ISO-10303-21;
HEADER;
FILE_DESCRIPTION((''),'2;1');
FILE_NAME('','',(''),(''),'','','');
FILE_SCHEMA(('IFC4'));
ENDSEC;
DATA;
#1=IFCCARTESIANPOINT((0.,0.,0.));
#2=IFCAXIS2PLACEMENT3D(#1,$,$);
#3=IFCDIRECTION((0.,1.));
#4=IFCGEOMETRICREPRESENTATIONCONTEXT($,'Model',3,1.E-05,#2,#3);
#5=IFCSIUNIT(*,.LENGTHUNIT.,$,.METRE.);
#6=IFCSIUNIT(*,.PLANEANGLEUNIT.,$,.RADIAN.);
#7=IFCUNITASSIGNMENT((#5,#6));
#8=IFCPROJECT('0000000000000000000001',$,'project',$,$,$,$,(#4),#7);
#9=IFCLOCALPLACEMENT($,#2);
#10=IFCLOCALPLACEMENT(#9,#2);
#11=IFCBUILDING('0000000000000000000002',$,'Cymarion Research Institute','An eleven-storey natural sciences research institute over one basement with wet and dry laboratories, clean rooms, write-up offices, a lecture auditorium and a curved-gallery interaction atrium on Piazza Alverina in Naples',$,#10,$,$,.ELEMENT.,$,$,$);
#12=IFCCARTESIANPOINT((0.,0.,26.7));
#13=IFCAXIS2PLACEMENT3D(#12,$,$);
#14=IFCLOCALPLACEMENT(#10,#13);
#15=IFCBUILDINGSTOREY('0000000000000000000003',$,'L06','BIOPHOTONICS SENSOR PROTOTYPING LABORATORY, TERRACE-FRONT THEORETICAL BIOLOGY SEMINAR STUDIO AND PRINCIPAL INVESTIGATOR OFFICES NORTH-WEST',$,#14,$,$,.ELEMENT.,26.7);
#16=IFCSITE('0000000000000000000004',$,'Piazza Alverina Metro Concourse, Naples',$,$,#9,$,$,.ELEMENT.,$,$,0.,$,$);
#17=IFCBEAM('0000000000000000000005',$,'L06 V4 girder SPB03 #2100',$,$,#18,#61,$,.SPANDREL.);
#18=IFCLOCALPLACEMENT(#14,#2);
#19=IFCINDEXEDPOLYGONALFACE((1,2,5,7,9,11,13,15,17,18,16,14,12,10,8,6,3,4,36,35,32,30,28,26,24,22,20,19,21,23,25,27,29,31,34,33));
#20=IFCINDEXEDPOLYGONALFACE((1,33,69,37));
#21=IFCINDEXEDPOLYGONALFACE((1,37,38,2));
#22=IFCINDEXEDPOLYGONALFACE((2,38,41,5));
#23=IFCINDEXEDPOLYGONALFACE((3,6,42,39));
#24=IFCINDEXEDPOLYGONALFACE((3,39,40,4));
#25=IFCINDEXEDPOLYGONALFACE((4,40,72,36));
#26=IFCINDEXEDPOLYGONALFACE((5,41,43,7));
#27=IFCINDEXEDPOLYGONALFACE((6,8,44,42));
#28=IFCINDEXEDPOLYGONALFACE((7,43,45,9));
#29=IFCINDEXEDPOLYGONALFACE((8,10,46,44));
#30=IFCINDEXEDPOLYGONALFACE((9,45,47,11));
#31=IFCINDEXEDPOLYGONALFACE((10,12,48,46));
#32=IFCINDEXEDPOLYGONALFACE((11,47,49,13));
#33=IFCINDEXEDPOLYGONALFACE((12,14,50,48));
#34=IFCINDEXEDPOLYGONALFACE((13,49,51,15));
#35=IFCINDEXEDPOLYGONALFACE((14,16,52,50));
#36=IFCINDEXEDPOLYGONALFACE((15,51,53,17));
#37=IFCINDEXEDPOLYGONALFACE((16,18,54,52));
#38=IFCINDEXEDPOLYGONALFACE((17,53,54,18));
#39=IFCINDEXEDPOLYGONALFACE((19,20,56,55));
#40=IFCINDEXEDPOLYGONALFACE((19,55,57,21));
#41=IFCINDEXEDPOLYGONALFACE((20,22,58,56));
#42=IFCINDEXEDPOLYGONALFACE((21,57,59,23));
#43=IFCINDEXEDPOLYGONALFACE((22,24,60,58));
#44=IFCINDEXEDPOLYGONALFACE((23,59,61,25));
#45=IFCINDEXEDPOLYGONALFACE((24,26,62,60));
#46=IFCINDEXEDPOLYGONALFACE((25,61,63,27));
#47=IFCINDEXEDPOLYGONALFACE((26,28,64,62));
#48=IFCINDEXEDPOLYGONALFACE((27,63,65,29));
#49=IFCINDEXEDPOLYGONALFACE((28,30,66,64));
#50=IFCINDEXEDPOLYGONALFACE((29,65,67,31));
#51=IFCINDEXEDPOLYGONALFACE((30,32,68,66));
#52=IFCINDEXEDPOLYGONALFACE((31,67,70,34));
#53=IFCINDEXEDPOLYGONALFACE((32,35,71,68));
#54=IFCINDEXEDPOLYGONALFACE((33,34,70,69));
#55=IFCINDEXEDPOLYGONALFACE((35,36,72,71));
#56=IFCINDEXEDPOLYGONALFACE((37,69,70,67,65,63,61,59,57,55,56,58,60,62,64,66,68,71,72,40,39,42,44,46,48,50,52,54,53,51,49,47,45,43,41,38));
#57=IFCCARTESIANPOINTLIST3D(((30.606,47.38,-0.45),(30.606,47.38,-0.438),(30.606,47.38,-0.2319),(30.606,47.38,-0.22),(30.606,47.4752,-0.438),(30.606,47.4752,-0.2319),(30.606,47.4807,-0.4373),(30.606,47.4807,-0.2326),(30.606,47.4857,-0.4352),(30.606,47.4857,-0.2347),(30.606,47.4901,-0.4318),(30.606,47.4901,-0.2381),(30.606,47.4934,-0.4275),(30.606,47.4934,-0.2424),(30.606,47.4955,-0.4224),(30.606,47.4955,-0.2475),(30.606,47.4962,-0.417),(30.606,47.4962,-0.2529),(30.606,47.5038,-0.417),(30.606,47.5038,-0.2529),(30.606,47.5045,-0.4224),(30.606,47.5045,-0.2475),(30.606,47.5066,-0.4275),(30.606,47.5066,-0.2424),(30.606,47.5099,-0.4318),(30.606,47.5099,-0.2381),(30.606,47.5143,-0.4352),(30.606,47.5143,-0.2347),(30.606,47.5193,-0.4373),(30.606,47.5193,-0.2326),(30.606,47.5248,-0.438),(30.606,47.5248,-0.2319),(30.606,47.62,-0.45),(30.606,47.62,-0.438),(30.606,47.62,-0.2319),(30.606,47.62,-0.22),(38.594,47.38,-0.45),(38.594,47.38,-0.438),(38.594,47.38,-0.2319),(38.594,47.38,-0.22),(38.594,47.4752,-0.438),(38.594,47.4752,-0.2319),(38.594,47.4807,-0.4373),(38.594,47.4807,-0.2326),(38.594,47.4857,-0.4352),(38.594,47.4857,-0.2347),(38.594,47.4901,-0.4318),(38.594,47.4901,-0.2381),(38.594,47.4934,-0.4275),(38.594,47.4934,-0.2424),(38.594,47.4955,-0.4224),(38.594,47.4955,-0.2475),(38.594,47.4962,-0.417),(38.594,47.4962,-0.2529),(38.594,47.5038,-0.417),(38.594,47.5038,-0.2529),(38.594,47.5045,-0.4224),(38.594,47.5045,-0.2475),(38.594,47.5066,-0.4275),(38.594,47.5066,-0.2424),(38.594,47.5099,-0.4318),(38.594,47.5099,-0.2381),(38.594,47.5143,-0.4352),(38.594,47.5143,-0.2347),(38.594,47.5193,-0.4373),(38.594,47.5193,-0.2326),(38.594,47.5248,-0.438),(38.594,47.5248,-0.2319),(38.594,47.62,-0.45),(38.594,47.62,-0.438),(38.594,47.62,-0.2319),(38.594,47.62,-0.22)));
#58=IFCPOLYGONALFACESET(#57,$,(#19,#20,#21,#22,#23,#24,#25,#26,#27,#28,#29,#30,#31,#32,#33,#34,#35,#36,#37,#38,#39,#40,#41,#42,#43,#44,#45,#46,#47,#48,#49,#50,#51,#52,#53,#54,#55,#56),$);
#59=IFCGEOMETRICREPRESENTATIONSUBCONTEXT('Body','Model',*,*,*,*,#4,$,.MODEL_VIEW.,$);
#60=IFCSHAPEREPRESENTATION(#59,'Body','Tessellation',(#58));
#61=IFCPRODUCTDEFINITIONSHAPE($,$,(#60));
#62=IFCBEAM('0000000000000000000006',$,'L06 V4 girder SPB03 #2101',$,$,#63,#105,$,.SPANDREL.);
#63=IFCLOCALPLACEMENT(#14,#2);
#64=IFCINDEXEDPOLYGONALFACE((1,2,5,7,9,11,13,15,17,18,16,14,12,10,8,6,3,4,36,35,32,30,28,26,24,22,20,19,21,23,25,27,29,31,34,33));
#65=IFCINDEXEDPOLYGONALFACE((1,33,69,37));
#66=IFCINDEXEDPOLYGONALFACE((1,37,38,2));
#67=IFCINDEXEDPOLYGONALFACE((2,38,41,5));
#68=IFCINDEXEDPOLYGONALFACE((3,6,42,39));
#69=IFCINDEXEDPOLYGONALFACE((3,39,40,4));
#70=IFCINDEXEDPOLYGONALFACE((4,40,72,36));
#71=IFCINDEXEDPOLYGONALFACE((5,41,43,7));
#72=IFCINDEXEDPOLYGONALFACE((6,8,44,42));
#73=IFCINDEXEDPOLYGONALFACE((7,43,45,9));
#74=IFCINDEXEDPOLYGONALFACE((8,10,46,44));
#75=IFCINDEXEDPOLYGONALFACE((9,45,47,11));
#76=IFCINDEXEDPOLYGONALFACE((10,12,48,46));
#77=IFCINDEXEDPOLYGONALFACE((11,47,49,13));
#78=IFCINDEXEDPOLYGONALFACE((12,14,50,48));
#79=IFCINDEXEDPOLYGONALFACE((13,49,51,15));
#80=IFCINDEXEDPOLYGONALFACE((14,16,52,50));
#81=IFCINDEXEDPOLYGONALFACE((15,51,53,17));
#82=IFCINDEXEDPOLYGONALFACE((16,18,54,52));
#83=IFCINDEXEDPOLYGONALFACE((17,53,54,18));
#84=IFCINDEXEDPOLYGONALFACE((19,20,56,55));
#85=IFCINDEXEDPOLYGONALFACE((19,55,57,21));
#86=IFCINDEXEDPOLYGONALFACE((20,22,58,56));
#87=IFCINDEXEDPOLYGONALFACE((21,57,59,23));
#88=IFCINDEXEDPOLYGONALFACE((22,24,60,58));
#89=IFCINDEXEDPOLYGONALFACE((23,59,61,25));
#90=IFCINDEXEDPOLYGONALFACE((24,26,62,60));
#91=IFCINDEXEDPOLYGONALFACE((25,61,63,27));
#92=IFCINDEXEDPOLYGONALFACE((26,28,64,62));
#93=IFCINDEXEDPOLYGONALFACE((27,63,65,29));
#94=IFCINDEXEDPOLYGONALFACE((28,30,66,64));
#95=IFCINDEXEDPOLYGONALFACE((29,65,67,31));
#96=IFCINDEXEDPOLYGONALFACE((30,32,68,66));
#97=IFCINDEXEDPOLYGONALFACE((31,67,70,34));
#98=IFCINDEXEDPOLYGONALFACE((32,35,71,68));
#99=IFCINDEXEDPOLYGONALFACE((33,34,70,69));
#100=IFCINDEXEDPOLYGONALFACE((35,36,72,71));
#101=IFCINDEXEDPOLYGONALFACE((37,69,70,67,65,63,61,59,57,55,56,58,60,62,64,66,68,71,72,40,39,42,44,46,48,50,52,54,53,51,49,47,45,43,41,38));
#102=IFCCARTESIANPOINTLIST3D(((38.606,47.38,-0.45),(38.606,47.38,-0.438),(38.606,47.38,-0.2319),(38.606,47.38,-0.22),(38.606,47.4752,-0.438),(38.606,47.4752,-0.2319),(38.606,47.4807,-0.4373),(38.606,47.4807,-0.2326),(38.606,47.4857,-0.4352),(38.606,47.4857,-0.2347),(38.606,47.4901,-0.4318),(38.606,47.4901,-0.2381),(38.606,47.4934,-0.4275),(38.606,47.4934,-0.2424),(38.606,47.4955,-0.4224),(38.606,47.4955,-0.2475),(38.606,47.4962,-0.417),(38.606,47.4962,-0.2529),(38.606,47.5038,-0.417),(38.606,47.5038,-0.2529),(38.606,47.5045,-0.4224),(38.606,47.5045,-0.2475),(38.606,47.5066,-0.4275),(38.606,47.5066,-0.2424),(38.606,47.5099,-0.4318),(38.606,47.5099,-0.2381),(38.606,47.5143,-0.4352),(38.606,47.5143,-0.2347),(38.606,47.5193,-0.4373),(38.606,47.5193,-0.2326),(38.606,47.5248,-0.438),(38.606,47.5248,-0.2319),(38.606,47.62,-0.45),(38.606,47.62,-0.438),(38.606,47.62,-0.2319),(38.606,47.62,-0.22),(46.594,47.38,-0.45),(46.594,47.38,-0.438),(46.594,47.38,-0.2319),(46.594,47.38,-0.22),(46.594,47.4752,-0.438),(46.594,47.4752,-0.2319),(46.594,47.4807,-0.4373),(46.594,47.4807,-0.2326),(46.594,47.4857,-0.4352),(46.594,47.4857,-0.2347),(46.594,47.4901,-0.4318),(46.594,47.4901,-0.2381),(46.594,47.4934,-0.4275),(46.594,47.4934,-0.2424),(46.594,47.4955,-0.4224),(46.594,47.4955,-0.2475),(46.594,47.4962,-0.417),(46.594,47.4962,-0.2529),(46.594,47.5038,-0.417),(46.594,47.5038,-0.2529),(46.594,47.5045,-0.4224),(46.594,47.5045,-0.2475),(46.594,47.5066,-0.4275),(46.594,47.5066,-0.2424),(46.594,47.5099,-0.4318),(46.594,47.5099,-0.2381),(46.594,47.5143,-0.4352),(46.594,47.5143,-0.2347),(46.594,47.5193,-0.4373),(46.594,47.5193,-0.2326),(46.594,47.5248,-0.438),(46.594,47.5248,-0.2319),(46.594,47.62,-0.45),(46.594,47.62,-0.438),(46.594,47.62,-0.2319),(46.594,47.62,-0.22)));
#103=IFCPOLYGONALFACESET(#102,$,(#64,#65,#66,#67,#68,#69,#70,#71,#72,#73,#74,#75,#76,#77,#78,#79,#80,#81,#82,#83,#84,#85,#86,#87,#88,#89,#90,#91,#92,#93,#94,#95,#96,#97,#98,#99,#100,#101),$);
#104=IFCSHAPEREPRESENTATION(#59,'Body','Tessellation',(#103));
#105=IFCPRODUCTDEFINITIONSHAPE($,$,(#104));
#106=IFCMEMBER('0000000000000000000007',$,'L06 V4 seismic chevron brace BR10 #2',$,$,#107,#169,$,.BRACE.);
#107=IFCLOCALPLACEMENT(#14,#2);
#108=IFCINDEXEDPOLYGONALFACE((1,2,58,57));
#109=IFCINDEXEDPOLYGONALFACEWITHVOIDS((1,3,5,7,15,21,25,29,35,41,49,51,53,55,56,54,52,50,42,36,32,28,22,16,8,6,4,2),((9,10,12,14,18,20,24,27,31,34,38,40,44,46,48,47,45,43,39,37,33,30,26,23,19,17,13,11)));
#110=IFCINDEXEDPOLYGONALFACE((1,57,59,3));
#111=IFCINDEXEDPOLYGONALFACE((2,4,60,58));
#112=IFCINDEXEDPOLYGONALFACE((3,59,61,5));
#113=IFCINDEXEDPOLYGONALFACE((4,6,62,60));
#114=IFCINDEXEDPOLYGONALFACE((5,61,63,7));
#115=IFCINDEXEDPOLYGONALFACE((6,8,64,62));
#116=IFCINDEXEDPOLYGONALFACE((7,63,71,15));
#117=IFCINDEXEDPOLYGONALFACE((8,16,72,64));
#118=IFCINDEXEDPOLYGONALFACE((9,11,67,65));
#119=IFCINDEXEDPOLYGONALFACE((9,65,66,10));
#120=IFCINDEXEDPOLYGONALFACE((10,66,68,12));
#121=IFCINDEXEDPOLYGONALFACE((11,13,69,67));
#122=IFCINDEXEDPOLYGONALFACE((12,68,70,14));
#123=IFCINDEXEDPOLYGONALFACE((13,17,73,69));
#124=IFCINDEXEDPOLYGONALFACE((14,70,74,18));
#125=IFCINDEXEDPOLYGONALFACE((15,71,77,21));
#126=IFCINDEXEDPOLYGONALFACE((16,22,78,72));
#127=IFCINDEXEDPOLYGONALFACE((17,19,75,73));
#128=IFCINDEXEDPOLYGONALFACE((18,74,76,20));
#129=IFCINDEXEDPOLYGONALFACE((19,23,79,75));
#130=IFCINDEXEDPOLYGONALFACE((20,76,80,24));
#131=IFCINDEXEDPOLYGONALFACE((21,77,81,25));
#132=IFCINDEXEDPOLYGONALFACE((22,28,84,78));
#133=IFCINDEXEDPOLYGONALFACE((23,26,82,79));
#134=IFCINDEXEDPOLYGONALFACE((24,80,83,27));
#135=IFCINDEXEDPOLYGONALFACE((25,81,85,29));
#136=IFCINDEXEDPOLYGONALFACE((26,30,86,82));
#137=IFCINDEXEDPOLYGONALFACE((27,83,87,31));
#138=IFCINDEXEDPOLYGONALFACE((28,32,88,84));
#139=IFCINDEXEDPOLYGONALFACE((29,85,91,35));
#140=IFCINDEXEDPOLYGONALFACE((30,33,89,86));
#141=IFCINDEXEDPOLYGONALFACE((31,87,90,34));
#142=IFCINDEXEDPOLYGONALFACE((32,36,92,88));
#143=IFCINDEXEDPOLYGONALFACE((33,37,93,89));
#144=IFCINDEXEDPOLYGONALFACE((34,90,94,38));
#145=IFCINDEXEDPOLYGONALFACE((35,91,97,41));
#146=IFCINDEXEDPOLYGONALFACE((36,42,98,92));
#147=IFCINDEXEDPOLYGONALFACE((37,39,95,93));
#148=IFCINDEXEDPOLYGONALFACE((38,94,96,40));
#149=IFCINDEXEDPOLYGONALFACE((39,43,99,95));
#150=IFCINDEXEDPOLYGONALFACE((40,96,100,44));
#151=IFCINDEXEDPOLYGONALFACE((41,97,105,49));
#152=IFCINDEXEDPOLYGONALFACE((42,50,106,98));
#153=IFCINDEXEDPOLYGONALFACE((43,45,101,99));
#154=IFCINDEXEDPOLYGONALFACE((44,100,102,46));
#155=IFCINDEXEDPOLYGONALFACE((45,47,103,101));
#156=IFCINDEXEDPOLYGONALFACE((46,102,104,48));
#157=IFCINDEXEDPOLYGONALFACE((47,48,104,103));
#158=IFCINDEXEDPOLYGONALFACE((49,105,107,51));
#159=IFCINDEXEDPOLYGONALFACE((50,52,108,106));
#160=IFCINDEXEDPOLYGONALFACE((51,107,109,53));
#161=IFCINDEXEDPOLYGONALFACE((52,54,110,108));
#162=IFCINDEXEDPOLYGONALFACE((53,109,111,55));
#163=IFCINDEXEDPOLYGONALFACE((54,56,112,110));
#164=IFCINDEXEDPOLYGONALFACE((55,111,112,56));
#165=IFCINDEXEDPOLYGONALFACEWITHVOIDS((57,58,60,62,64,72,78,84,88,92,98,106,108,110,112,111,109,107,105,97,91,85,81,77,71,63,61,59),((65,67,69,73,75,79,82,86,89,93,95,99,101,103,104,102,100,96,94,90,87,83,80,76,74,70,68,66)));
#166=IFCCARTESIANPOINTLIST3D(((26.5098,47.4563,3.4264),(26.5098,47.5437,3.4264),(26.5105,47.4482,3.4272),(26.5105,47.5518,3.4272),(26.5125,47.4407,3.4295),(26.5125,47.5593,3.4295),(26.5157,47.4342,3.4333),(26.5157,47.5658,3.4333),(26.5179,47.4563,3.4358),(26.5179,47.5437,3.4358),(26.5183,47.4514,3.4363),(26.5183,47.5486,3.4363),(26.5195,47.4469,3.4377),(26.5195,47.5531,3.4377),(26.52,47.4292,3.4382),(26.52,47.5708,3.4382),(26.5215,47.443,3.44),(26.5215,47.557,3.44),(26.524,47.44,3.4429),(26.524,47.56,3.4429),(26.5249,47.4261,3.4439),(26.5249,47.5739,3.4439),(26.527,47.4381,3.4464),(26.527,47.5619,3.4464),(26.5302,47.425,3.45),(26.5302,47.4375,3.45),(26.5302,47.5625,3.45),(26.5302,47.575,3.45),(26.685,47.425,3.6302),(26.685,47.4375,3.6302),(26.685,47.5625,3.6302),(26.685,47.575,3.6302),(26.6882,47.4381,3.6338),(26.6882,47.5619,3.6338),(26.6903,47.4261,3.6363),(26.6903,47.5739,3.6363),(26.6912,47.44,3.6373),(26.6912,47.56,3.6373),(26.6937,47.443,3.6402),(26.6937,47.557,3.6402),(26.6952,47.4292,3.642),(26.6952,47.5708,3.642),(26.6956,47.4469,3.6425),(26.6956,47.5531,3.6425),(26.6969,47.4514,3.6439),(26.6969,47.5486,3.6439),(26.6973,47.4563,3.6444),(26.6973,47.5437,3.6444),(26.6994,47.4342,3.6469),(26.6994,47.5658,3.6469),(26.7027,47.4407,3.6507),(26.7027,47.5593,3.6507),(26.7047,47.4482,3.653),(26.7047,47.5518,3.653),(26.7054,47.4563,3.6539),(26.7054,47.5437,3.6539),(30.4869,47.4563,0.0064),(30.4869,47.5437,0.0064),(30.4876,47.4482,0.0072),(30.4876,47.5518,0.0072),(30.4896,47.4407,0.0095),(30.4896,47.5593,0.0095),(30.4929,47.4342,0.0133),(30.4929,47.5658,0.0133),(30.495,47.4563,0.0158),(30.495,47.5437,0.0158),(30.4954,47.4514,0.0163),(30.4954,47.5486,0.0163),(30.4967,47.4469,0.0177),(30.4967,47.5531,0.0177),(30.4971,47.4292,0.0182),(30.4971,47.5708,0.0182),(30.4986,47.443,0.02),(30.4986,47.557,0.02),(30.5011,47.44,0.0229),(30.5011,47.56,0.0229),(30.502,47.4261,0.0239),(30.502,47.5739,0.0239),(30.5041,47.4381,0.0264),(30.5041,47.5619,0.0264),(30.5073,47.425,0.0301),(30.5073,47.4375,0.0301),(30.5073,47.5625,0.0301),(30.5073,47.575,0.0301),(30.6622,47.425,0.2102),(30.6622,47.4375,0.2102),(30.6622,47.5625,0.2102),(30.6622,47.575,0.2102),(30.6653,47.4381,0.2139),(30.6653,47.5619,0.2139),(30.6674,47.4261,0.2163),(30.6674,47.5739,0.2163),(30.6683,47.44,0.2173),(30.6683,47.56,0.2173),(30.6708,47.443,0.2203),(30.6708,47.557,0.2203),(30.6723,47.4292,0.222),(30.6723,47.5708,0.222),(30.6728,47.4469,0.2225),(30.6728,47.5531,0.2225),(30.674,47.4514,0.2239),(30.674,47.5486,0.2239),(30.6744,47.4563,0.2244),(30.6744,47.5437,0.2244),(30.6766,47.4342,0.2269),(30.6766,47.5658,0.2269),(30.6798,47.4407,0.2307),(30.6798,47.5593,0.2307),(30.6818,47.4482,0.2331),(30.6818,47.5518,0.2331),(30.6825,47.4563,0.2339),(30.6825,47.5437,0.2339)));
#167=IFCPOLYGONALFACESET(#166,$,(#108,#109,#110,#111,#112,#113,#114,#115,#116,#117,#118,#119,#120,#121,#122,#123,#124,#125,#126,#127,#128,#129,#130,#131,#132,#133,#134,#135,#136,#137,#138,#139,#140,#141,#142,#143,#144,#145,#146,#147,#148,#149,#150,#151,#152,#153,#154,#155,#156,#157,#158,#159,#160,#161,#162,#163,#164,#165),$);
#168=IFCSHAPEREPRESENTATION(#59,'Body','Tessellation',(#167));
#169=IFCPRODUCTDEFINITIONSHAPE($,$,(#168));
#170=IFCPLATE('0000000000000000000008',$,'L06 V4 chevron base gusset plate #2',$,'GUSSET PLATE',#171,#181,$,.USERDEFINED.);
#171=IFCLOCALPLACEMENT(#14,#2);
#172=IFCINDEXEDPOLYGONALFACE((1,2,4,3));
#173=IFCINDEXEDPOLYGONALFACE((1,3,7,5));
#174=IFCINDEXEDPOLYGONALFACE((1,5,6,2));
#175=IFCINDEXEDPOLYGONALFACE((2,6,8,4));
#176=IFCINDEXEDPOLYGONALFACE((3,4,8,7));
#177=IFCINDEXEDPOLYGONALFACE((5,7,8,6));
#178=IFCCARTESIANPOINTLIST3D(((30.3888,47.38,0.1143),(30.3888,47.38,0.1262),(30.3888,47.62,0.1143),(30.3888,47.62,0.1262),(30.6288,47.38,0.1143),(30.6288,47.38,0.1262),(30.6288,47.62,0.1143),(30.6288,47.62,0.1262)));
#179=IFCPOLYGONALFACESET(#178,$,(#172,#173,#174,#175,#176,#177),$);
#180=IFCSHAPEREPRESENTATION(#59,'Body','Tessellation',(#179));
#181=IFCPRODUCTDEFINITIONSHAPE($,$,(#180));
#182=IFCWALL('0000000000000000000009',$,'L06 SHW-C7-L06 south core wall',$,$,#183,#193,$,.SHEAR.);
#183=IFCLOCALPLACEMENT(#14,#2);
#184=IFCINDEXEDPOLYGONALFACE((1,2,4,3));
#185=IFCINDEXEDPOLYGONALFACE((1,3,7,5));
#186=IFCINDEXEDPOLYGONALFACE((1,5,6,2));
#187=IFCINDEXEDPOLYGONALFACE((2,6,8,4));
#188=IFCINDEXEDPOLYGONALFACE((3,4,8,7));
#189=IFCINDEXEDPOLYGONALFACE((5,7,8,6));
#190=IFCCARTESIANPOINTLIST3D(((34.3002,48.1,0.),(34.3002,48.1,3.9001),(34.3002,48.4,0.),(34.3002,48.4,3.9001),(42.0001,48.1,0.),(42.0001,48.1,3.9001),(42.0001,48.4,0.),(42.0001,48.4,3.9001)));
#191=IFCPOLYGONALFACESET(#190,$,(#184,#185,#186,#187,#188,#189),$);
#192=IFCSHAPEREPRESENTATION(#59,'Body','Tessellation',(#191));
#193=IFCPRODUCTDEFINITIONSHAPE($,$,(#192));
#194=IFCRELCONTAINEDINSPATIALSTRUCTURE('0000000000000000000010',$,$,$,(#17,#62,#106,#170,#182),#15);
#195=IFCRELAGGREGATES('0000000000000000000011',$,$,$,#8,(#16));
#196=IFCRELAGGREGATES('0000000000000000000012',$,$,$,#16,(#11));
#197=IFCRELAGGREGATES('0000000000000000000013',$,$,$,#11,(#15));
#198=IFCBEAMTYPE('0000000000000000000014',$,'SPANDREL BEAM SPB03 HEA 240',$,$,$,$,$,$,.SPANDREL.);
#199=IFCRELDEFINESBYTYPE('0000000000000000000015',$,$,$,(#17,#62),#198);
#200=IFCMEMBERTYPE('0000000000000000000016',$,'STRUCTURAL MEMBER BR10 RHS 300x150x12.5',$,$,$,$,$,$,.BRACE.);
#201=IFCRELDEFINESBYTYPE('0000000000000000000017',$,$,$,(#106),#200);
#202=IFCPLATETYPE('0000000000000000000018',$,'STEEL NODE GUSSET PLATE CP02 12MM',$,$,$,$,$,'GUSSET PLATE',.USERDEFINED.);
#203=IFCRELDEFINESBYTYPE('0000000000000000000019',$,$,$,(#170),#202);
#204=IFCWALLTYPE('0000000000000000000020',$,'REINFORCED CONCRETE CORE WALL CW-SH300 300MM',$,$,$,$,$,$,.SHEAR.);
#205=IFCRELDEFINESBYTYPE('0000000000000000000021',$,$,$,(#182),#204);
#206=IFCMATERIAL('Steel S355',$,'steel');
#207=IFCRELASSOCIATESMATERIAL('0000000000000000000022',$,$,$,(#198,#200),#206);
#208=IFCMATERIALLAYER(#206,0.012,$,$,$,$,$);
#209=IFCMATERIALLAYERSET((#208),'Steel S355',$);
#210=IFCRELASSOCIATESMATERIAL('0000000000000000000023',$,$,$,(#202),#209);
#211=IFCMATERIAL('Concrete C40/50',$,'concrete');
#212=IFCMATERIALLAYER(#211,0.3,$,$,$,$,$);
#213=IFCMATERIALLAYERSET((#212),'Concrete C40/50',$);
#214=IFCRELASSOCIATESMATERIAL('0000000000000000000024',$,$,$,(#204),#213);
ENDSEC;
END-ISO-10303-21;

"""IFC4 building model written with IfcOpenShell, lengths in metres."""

from ifc_helpers import new_model, si_unit, direction, frame, frame_2d, origin, origin_2d, place, context, subcontext, project, spatial, rectangle, hollow_rectangle, i_section, extrude, material, layer, layer_set, material_profile, profile_set, type_object, element, save


model = new_model("IFC4")

# Units and contexts
model_context = context("Model", 3, precision=1e-05, world=origin(), true_north=direction((0.0, 1.0)))
body_context = subcontext(model_context, "Body", "Model", "MODEL_VIEW")
ifc_project = project(units=[si_unit("LENGTHUNIT", "METRE"), si_unit("PLANEANGLEUNIT", "RADIAN")], contexts=[model_context])

# Site, building, storey
site_placement = place(None, origin())
site = spatial("IfcSite", under=ifc_project, at=site_placement, Name="Piazza Alverina Metro Concourse, Naples", CompositionType="ELEMENT", RefElevation=0.0)
building_placement = place(site_placement, origin())
building = spatial("IfcBuilding", under=site, at=building_placement, Name="Cymarion Research Institute", Description="An eleven-storey natural sciences research institute over one basement with wet and dry laboratories, clean rooms, write-up offices, a lecture auditorium and a curved-gallery interaction atrium on Piazza Alverina in Naples", CompositionType="ELEMENT")
storey_placement = place(building_placement, frame((0.0, 0.0, 26.7)))
storey = spatial("IfcBuildingStorey", under=building, at=storey_placement, Name="L06", Description="BIOPHOTONICS SENSOR PROTOTYPING LABORATORY, TERRACE-FRONT THEORETICAL BIOLOGY SEMINAR STUDIO AND PRINCIPAL INVESTIGATOR OFFICES NORTH-WEST", CompositionType="ELEMENT", Elevation=26.7)

# Shared definitions
ifc_material_1 = material(Name="Steel S355", Category="steel")
ifc_material_2 = material(Name="Concrete C40/50", Category="concrete")

# Beams
ifc_material_profile_1 = material_profile(ifc_material_1, i_section(OverallWidth=0.24, OverallDepth=0.23, WebThickness=0.0076, FlangeThickness=0.012, FilletRadius=0.021, at=origin_2d()), Name="HEA 240")
ifc_profile_set_1 = profile_set([ifc_material_profile_1], Name="Steel S355")
beam_type_1 = type_object("IfcBeamType", Name="SPANDREL BEAM SPB03 HEA 240", PredefinedType="SPANDREL", material=ifc_profile_set_1)
for number, where, z_axis, x_axis, name in (
    (1, (30.606, 47.5, -0.335), (1.0, 0.0, 0.0), (0.0, 1.0, 0.0), "L06 V4 girder SPB03 #2100"),
    (2, (38.606, 47.5, -0.335), (1.0, 0.0, 0.0), (0.0, 1.0, 0.0), "L06 V4 girder SPB03 #2101"),
):
    element("IfcBeam", number, at=place(storey_placement, frame(where, z_axis=z_axis, x_axis=x_axis)), inside=storey, type_object=beam_type_1, Name=name, PredefinedType="SPANDREL", context=body_context, shape_type="SweptSolid", body=[
        extrude(i_section(OverallWidth=0.24, OverallDepth=0.23, WebThickness=0.0076, FlangeThickness=0.012, FilletRadius=0.021, at=origin_2d()), origin(), (0.0, 0.0, 1.0), 7.988),
    ])

# Member
ifc_material_profile_2 = material_profile(ifc_material_1, hollow_rectangle(XDim=0.1499, YDim=0.3, WallThickness=0.0125, InnerFilletRadius=0.0188, OuterFilletRadius=0.0312, at=origin_2d()), Name="RHS 300x150x12.5")
ifc_profile_set_2 = profile_set([ifc_material_profile_2], Name="Steel S355")
member_type = type_object("IfcMemberType", Name="STRUCTURAL MEMBER BR10 RHS 300x150x12.5", PredefinedType="BRACE", material=ifc_profile_set_2)
member_placement = place(storey_placement, frame((30.5847, 47.5, 0.1201), z_axis=(-0.758217, 0.0, 0.652002), x_axis=(0.0, -1.0, 0.0)))
element("IfcMember", 3, at=member_placement, inside=storey, type_object=member_type, Name="L06 V4 seismic chevron brace BR10 #2", PredefinedType="BRACE", context=body_context, shape_type="SweptSolid", body=[
    extrude(hollow_rectangle(XDim=0.1499, YDim=0.3, WallThickness=0.0125, InnerFilletRadius=0.0188, OuterFilletRadius=0.0312, at=origin_2d()), origin(), (0.0, 0.0, 1.0), 5.2454),
])

# Plate
ifc_layer_1 = layer(ifc_material_1, 0.012)
ifc_layer_set_1 = layer_set([ifc_layer_1], Name="Steel S355")
plate_type = type_object("IfcPlateType", Name="STEEL NODE GUSSET PLATE CP02 12MM", ElementType="GUSSET PLATE", PredefinedType="USERDEFINED", material=ifc_layer_set_1)
plate_placement = place(storey_placement, frame((30.5088, 47.5, 0.1143), z_axis=(0.0, 0.0, 1.0), x_axis=(1.0, 0.0, 0.0)))
element("IfcPlate", 4, at=plate_placement, inside=storey, type_object=plate_type, Name="L06 V4 chevron base gusset plate #2", ObjectType="GUSSET PLATE", PredefinedType="USERDEFINED", context=body_context, shape_type="SweptSolid", body=[
    extrude(rectangle(XDim=0.24, YDim=0.24, at=origin_2d()), origin(), (0.0, 0.0, 1.0), 0.012),
])

# Wall
ifc_layer_2 = layer(ifc_material_2, 0.3)
ifc_layer_set_2 = layer_set([ifc_layer_2], Name="Concrete C40/50")
wall_type = type_object("IfcWallType", Name="REINFORCED CONCRETE CORE WALL CW-SH300 300MM", PredefinedType="SHEAR", material=ifc_layer_set_2)
wall_placement = place(storey_placement, frame((34.3, 48.25, 0.0), z_axis=(0.0, 0.0, 1.0), x_axis=(1.0, 0.0, 0.0)))
element("IfcWall", 5, at=wall_placement, inside=storey, type_object=wall_type, Name="L06 SHW-C7-L06 south core wall", PredefinedType="SHEAR", context=body_context, shape_type="SweptSolid", body=[
    extrude(rectangle(XDim=7.7, YDim=0.3, at=frame_2d((3.8501, 0.0))), origin(), (0.0, 0.0, 1.0), 3.9001),
])

save(model, "model.ifc")
